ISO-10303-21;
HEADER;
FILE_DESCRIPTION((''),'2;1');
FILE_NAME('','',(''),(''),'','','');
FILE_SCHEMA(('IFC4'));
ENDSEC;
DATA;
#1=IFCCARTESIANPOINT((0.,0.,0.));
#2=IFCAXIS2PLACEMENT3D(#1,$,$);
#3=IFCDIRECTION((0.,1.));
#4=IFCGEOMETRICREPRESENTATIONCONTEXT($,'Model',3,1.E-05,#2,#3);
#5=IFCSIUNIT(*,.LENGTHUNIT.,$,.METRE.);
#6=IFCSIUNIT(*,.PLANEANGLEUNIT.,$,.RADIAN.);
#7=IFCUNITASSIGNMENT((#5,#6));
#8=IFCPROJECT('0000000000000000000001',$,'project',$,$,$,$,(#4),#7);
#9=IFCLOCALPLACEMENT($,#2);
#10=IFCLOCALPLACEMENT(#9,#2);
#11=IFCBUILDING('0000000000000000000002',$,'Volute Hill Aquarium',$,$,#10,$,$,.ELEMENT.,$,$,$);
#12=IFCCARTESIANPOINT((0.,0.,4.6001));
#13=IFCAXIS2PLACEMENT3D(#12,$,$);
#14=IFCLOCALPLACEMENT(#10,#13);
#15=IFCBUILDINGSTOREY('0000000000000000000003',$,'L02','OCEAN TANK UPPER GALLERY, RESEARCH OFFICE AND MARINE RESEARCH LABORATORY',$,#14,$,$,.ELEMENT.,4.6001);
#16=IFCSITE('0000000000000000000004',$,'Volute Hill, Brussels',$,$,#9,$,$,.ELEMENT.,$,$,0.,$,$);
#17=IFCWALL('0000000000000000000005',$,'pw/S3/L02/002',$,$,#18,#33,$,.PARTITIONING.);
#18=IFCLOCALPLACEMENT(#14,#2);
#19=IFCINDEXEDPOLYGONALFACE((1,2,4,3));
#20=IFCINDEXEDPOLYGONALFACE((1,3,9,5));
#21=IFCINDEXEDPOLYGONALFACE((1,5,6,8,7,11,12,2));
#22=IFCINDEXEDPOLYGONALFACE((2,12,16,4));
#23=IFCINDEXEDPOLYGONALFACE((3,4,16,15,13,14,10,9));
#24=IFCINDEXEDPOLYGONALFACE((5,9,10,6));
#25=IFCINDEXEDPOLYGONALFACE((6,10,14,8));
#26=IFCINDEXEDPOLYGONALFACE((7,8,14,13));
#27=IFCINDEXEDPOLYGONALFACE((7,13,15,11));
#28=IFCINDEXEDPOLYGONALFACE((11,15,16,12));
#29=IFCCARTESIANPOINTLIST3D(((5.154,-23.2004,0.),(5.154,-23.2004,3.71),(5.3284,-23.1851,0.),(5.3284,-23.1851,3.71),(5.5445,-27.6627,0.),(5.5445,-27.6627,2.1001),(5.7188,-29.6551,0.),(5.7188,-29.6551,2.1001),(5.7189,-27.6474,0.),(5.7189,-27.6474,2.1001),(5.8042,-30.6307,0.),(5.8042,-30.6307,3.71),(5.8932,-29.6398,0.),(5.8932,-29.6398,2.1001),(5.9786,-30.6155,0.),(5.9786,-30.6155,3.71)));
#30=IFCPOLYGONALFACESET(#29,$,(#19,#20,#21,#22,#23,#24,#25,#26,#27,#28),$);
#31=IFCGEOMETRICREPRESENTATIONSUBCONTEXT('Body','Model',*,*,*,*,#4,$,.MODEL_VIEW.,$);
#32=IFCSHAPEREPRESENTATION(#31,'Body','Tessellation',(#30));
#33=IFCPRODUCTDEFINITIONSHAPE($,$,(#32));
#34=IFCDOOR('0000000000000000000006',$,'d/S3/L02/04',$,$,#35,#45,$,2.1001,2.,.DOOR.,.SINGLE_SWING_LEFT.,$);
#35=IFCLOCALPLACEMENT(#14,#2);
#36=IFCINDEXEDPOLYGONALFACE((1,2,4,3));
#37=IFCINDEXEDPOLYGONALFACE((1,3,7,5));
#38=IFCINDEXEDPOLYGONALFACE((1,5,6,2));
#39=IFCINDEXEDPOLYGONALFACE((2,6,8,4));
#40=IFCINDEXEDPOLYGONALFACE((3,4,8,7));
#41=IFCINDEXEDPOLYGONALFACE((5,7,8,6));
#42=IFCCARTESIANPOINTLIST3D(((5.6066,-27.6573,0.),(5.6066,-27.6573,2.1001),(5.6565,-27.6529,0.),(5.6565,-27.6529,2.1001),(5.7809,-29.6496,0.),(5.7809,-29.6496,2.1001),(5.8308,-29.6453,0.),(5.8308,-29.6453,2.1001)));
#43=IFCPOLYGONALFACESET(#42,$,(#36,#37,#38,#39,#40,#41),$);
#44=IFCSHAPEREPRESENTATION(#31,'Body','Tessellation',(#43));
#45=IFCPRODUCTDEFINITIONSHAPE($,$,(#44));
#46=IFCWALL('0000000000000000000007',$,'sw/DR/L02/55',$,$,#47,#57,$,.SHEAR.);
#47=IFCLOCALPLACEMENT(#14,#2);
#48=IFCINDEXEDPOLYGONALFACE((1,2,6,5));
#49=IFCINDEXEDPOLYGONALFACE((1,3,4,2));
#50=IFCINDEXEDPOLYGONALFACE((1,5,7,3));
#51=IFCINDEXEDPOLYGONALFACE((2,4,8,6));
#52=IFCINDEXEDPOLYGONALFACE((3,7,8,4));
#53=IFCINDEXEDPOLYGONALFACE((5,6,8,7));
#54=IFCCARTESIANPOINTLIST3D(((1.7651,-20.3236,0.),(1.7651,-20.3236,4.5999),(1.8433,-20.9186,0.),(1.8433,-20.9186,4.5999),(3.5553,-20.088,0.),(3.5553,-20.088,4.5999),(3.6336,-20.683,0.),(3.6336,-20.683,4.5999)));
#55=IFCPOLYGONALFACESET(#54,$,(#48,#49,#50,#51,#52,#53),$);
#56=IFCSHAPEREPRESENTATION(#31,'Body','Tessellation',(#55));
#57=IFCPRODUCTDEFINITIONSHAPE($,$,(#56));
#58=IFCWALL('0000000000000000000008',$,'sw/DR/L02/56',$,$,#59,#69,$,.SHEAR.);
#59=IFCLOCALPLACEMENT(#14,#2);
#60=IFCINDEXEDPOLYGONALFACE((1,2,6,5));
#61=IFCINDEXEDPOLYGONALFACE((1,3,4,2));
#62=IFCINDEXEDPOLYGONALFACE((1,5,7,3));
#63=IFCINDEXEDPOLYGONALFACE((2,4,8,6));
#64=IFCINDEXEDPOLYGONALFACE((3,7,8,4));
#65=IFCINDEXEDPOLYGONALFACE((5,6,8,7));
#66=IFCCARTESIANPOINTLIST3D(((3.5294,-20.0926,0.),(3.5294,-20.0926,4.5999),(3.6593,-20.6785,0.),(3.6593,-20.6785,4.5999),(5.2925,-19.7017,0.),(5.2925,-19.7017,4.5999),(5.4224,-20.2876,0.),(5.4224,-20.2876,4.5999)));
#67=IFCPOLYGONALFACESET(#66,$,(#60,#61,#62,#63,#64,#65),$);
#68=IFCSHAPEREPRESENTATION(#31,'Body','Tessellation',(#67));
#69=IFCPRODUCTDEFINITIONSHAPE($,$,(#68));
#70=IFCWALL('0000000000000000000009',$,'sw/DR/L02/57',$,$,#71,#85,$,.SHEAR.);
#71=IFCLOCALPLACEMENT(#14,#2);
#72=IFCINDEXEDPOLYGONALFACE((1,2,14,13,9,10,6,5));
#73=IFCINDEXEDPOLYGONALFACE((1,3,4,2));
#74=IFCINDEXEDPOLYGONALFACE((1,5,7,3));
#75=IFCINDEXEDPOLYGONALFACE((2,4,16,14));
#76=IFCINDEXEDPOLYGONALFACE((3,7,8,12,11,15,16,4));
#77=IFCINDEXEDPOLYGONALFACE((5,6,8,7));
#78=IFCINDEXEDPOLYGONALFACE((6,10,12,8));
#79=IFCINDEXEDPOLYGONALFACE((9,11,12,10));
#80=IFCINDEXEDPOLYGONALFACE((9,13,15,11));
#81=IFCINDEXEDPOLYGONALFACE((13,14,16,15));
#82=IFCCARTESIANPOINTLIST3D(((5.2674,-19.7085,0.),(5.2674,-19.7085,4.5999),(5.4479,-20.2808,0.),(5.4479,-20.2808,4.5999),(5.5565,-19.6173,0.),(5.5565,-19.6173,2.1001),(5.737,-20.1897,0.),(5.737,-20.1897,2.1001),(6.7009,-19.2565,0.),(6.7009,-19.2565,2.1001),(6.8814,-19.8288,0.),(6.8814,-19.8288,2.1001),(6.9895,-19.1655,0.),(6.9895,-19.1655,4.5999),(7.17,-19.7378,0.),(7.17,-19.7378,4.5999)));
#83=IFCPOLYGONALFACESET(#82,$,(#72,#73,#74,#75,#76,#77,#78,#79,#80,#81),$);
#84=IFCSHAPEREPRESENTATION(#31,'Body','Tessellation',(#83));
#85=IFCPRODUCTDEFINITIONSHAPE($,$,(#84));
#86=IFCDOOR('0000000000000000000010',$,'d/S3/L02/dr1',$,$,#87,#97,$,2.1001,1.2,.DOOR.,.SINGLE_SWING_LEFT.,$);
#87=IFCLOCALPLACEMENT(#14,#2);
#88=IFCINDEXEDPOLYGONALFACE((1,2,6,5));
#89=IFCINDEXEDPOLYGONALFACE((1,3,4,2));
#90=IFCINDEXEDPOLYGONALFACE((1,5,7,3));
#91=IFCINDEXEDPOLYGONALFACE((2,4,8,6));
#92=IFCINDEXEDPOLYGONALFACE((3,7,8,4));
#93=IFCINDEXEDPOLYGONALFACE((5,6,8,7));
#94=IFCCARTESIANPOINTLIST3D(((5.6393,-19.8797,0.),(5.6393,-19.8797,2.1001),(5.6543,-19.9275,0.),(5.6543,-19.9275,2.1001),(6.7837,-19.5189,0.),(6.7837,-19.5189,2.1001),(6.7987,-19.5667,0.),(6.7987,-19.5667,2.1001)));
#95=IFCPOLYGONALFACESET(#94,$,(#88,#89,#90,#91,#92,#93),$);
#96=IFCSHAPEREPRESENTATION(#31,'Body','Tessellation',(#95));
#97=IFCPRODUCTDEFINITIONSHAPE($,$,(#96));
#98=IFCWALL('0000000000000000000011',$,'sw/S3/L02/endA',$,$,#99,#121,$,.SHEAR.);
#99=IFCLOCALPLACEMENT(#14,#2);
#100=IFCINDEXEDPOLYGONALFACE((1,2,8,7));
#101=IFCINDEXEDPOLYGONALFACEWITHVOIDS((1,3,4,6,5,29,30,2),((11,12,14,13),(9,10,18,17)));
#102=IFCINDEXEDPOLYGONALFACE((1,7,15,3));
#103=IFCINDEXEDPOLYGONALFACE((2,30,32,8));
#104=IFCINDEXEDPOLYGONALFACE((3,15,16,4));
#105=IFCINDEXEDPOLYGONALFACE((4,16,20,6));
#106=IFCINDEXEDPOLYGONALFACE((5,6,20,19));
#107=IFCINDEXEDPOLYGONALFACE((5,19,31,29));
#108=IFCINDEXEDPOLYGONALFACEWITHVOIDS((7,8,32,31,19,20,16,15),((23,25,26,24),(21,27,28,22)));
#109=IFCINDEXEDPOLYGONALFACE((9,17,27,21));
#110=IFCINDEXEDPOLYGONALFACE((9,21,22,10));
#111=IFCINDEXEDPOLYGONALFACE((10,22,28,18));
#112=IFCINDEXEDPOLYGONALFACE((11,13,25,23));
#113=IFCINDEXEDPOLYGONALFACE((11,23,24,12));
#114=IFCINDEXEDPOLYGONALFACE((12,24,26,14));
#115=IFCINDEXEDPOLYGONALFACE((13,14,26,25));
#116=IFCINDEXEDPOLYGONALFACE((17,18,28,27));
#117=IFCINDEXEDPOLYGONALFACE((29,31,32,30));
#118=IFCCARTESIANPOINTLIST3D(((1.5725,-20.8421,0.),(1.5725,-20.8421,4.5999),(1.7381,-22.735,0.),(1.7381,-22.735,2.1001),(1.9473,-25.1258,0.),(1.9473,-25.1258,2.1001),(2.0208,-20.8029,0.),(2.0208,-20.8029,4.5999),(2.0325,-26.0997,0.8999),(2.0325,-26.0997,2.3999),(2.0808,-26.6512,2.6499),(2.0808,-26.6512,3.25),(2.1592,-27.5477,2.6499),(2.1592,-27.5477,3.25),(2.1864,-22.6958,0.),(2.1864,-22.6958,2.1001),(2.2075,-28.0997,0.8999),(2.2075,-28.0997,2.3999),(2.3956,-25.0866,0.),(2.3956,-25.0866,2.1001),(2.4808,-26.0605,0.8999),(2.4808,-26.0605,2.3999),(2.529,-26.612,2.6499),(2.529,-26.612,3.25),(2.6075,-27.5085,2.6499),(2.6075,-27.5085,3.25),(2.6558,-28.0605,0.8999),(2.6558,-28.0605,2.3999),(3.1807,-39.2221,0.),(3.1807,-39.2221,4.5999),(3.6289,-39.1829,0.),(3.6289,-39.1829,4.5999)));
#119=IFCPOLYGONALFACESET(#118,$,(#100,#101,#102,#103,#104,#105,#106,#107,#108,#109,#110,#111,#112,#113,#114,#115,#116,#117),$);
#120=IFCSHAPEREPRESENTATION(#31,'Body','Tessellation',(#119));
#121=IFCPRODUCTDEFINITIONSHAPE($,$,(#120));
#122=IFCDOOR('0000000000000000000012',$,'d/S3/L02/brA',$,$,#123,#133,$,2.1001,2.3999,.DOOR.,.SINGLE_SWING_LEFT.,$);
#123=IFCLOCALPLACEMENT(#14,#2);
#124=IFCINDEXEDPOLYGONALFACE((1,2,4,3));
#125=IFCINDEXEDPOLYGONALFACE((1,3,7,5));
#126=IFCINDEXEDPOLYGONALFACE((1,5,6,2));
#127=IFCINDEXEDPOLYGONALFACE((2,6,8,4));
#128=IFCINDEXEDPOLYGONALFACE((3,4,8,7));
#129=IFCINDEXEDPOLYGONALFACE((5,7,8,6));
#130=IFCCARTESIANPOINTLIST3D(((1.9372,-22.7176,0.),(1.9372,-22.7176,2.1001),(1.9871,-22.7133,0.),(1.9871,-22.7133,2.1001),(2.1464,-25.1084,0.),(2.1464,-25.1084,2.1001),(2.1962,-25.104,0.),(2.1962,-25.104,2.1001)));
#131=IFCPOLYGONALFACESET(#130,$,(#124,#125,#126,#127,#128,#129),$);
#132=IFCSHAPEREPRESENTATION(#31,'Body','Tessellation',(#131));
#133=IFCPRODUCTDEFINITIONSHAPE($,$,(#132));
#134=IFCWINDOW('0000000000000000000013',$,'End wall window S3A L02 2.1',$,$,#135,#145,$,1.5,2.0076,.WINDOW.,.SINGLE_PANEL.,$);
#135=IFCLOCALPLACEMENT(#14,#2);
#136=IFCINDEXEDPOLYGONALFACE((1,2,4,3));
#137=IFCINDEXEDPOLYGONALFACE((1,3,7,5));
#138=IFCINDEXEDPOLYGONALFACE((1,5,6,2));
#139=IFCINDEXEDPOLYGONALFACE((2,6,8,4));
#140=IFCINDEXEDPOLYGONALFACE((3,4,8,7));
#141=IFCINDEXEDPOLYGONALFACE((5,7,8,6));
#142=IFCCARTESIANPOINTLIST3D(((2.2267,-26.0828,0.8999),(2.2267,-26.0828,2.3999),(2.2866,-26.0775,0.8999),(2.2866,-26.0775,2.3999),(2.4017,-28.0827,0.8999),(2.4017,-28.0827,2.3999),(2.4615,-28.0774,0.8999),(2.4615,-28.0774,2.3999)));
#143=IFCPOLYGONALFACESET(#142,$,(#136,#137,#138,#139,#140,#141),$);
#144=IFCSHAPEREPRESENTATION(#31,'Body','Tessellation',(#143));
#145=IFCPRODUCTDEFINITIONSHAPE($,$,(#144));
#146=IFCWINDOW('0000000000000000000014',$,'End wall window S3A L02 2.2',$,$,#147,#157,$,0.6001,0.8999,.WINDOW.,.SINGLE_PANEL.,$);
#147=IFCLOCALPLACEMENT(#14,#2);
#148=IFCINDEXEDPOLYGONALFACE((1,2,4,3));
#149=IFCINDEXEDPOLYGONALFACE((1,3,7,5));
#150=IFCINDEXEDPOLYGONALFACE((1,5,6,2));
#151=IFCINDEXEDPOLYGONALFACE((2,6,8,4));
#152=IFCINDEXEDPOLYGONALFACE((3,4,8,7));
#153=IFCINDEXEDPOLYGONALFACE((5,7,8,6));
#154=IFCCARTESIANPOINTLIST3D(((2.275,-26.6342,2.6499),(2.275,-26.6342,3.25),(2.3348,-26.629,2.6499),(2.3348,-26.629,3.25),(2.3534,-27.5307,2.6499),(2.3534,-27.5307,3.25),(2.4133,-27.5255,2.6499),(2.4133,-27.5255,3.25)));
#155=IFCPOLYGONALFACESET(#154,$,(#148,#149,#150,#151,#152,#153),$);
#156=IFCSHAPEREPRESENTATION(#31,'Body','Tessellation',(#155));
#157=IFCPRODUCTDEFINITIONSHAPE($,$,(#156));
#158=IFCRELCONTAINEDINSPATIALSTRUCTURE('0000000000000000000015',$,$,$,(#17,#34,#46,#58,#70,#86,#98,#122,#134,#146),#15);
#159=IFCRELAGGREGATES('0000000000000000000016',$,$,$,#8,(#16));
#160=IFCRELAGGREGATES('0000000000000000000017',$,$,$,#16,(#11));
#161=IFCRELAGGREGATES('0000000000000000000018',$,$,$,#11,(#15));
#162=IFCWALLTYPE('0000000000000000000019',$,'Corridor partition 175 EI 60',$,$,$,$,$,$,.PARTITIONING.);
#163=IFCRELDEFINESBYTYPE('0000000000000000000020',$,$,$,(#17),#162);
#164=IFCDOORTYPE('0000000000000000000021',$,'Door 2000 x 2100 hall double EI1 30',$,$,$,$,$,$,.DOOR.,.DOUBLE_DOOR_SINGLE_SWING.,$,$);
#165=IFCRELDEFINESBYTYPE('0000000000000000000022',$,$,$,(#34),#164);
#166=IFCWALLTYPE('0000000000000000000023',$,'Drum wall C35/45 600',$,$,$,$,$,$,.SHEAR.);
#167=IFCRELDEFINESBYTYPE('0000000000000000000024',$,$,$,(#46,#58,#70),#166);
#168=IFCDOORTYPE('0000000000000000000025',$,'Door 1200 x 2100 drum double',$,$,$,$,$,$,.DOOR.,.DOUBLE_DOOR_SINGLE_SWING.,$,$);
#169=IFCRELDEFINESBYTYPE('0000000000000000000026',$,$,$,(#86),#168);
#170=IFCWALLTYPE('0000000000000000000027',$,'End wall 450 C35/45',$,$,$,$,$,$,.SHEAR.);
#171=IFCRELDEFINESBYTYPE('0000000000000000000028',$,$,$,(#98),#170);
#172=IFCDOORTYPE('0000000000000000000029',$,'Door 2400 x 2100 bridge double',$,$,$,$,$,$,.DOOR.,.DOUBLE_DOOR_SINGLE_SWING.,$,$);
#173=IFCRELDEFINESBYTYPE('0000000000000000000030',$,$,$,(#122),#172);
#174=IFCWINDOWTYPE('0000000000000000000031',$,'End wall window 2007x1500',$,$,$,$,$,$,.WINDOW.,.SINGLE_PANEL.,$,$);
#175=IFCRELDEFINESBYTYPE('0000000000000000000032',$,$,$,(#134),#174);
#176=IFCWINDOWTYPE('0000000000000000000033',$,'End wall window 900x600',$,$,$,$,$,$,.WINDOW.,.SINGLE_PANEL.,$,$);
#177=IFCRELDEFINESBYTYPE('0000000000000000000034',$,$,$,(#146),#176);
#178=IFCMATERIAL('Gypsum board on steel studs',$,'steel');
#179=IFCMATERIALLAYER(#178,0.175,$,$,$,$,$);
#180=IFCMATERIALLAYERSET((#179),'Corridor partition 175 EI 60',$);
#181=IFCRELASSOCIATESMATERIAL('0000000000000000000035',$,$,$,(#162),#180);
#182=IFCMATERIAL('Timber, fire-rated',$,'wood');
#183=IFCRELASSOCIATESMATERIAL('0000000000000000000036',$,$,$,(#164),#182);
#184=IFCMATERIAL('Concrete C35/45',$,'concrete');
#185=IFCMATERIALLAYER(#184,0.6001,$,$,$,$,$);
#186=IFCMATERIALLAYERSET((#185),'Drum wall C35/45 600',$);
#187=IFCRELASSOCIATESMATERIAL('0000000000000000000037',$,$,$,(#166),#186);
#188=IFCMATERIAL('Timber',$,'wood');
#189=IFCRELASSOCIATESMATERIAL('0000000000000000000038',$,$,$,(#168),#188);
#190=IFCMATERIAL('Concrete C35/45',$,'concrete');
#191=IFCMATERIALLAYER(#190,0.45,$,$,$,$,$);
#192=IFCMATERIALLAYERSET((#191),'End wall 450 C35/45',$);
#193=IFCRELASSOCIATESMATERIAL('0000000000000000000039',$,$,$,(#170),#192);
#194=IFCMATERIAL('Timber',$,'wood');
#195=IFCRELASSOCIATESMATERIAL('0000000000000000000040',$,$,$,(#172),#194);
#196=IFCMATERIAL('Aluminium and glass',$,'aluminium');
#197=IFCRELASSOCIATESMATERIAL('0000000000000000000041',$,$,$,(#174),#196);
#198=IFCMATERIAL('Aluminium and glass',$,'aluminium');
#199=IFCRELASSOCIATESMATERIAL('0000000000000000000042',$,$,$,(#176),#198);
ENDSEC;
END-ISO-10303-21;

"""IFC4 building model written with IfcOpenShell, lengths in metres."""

from ifc_helpers import new_model, si_unit, direction, frame, frame_2d, origin, place, context, subcontext, project, spatial, rectangle, extrude, material, layer, layer_set, type_object, element, fill, save


model = new_model("IFC4")

# Units and contexts
model_context = context("Model", 3, precision=1e-05, world=origin(), true_north=direction((0.0, 1.0)))
body_context = subcontext(model_context, "Body", "Model", "MODEL_VIEW")
ifc_project = project(units=[si_unit("LENGTHUNIT", "METRE"), si_unit("PLANEANGLEUNIT", "RADIAN")], contexts=[model_context])

# Site, building, storey
site_placement = place(None, origin())
site = spatial("IfcSite", under=ifc_project, at=site_placement, Name="Volute Hill, Brussels", CompositionType="ELEMENT", RefElevation=0.0)
building_placement = place(site_placement, origin())
building = spatial("IfcBuilding", under=site, at=building_placement, Name="Volute Hill Aquarium", CompositionType="ELEMENT")
storey_placement = place(building_placement, frame((0.0, 0.0, 4.6001)))
storey = spatial("IfcBuildingStorey", under=building, at=storey_placement, Name="L02", Description="OCEAN TANK UPPER GALLERY, RESEARCH OFFICE AND MARINE RESEARCH LABORATORY", CompositionType="ELEMENT", Elevation=4.6001)

# Wall, opening, door
ifc_material_1 = material(Name="Gypsum board on steel studs", Category="steel")
ifc_layer_1 = layer(ifc_material_1, 0.175)
ifc_layer_set_1 = layer_set([ifc_layer_1], Name="Corridor partition 175 EI 60")
wall_type_1 = type_object("IfcWallType", Name="Corridor partition 175 EI 60", PredefinedType="PARTITIONING", material=ifc_layer_set_1)
wall_1_placement = place(storey_placement, frame((5.2412, -23.1926, 0.0), z_axis=(0.0, 0.0, 1.0), x_axis=(0.087165, -0.996194, 0.0)))
wall_1 = element("IfcWall", 1, at=wall_1_placement, inside=storey, type_object=wall_type_1, Name="pw/S3/L02/002", PredefinedType="PARTITIONING", context=body_context, shape_type="SweptSolid", body=[
    extrude(rectangle(XDim=7.4587, YDim=0.175, at=frame_2d((3.7295, 0.0))), origin(), (0.0, 0.0, 1.0), 3.71),
])
opening_1_placement = place(wall_1_placement, frame((4.4795, 0.0, 0.0)))
opening_1 = element("IfcOpeningElement", 2, at=opening_1_placement, cuts=wall_1, PredefinedType="OPENING", context=body_context, shape_type="SweptSolid", body=[
    extrude(rectangle(XDim=2.0, YDim=2.1001, at=frame_2d((1.0, 1.05))), frame((0.0, 0.0974, 0.0), z_axis=(0.0, -1.0, 0.0), x_axis=(1.0, 0.0, 0.0)), (0.0, 0.0, 1.0), 0.1951),
])
ifc_material_2 = material(Name="Timber, fire-rated", Category="wood")
door_type_1 = type_object("IfcDoorType", Name="Door 2000 x 2100 hall double EI1 30", OperationType="DOUBLE_DOOR_SINGLE_SWING", PredefinedType="DOOR", material=ifc_material_2)
door_1_placement = place(opening_1_placement, origin())
door_1 = element("IfcDoor", 3, at=door_1_placement, inside=storey, type_object=door_type_1, Name="d/S3/L02/04", OperationType="SINGLE_SWING_LEFT", OverallHeight=2.1001, OverallWidth=2.0, PredefinedType="DOOR", context=body_context, shape_type="SweptSolid", body=[
    extrude(rectangle(XDim=2.0, YDim=2.1001, at=frame_2d((1.0, 1.05))), frame((0.0, 0.0249, 0.0), z_axis=(0.0, -1.0, 0.0), x_axis=(1.0, 0.0, 0.0)), (0.0, 0.0, 1.0), 0.05),
])
fill(opening_1, door_1)

# Walls
ifc_material_3 = material(Name="Concrete C35/45", Category="concrete")
ifc_layer_2 = layer(ifc_material_3, 0.6001)
ifc_layer_set_2 = layer_set([ifc_layer_2], Name="Drum wall C35/45 600")
wall_type_2 = type_object("IfcWallType", Name="Drum wall C35/45 600", PredefinedType="SHEAR", material=ifc_layer_set_2)
wall_2_placement = place(storey_placement, frame((1.8042, -20.6211, 0.0), z_axis=(0.0, 0.0, 1.0), x_axis=(0.991452, 0.130472, 0.0)))
element("IfcWall", 4, at=wall_2_placement, inside=storey, type_object=wall_type_2, Name="sw/DR/L02/55", PredefinedType="SHEAR", context=body_context, shape_type="SweptSolid", body=[
    extrude(rectangle(XDim=1.8057, YDim=0.6001, at=frame_2d((0.9028, 0.0))), origin(), (0.0, 0.0, 1.0), 4.5999),
])
wall_3_placement = place(storey_placement, frame((3.5945, -20.3855, 0.0), z_axis=(0.0, 0.0, 1.0), x_axis=(0.976298, 0.216429, 0.0)))
element("IfcWall", 5, at=wall_3_placement, inside=storey, type_object=wall_type_2, Name="sw/DR/L02/56", PredefinedType="SHEAR", context=body_context, shape_type="SweptSolid", body=[
    extrude(rectangle(XDim=1.8059, YDim=0.6001, at=frame_2d((0.9028, 0.0))), origin(), (0.0, 0.0, 1.0), 4.5999),
])

# Wall, opening, door
wall_4_placement = place(storey_placement, frame((5.3577, -19.9946, 0.0), z_axis=(0.0, 0.0, 1.0), x_axis=(0.953722, 0.300691, 0.0)))
wall_4 = element("IfcWall", 6, at=wall_4_placement, inside=storey, type_object=wall_type_2, Name="sw/DR/L02/57", PredefinedType="SHEAR", context=body_context, shape_type="SweptSolid", body=[
    extrude(rectangle(XDim=1.8057, YDim=0.6001, at=frame_2d((0.9028, 0.0))), origin(), (0.0, 0.0, 1.0), 4.5999),
])
opening_2_placement = place(wall_4_placement, frame((0.303, 0.0, 0.0)))
opening_2 = element("IfcOpeningElement", 7, at=opening_2_placement, cuts=wall_4, PredefinedType="OPENING", context=body_context, shape_type="SweptSolid", body=[
    extrude(rectangle(XDim=1.2, YDim=2.1001, at=frame_2d((0.6001, 1.05))), frame((0.0, 0.3101, 0.0), z_axis=(0.0, -1.0, 0.0), x_axis=(1.0, 0.0, 0.0)), (0.0, 0.0, 1.0), 0.6201),
])
ifc_material_4 = material(Name="Timber", Category="wood")
door_type_2 = type_object("IfcDoorType", Name="Door 1200 x 2100 drum double", OperationType="DOUBLE_DOOR_SINGLE_SWING", PredefinedType="DOOR", material=ifc_material_4)
door_2_placement = place(opening_2_placement, origin())
door_2 = element("IfcDoor", 8, at=door_2_placement, inside=storey, type_object=door_type_2, Name="d/S3/L02/dr1", OperationType="SINGLE_SWING_LEFT", OverallHeight=2.1001, OverallWidth=1.2, PredefinedType="DOOR", context=body_context, shape_type="SweptSolid", body=[
    extrude(rectangle(XDim=1.2, YDim=2.1001, at=frame_2d((0.6001, 1.05))), frame((0.0, 0.0249, 0.0), z_axis=(0.0, -1.0, 0.0), x_axis=(1.0, 0.0, 0.0)), (0.0, 0.0, 1.0), 0.05),
])
fill(opening_2, door_2)

# Wall, openings, door, windows
ifc_material_5 = material(Name="Concrete C35/45", Category="concrete")
ifc_layer_3 = layer(ifc_material_5, 0.45)
ifc_layer_set_3 = layer_set([ifc_layer_3], Name="End wall 450 C35/45")
wall_type_3 = type_object("IfcWallType", Name="End wall 450 C35/45", PredefinedType="SHEAR", material=ifc_layer_set_3)
wall_5_placement = place(storey_placement, frame((1.7966, -20.8225, 0.0), z_axis=(0.0, 0.0, 1.0), x_axis=(0.087162, -0.996194, 0.0)))
wall_5 = element("IfcWall", 9, at=wall_5_placement, inside=storey, type_object=wall_type_3, Name="sw/S3/L02/endA", PredefinedType="SHEAR", context=body_context, shape_type="SweptSolid", body=[
    extrude(rectangle(XDim=18.4502, YDim=0.45, at=frame_2d((9.2251, 0.0))), origin(), (0.0, 0.0, 1.0), 4.5999),
])
opening_3_placement = place(wall_5_placement, frame((5.2776, 0.0, 0.8999)))
opening_3 = element("IfcOpeningElement", 10, at=opening_3_placement, cuts=wall_5, PredefinedType="OPENING", context=body_context, shape_type="SweptSolid", body=[
    extrude(rectangle(XDim=2.0076, YDim=1.5, at=frame_2d((1.0039, 0.75))), frame((0.0, 0.2349, 0.0), z_axis=(0.0, -1.0, 0.0), x_axis=(1.0, 0.0, 0.0)), (0.0, 0.0, 1.0), 0.47),
])
opening_4_placement = place(wall_5_placement, frame((5.8313, 0.0, 2.6499)))
opening_4 = element("IfcOpeningElement", 11, at=opening_4_placement, cuts=wall_5, PredefinedType="OPENING", context=body_context, shape_type="SweptSolid", body=[
    extrude(rectangle(XDim=0.8999, YDim=0.6001, at=frame_2d((0.45, 0.3))), frame((0.0, 0.2349, 0.0), z_axis=(0.0, -1.0, 0.0), x_axis=(1.0, 0.0, 0.0)), (0.0, 0.0, 1.0), 0.47),
])
opening_5_placement = place(wall_5_placement, frame((1.9001, 0.0, 0.0)))
opening_5 = element("IfcOpeningElement", 12, at=opening_5_placement, cuts=wall_5, PredefinedType="OPENING", context=body_context, shape_type="SweptSolid", body=[
    extrude(rectangle(XDim=2.3999, YDim=2.1001, at=frame_2d((1.2, 1.05))), frame((0.0, 0.2349, 0.0), z_axis=(0.0, -1.0, 0.0), x_axis=(1.0, 0.0, 0.0)), (0.0, 0.0, 1.0), 0.47),
])
ifc_material_6 = material(Name="Timber", Category="wood")
door_type_3 = type_object("IfcDoorType", Name="Door 2400 x 2100 bridge double", OperationType="DOUBLE_DOOR_SINGLE_SWING", PredefinedType="DOOR", material=ifc_material_6)
door_3_placement = place(opening_5_placement, origin())
door_3 = element("IfcDoor", 13, at=door_3_placement, inside=storey, type_object=door_type_3, Name="d/S3/L02/brA", OperationType="SINGLE_SWING_LEFT", OverallHeight=2.1001, OverallWidth=2.3999, PredefinedType="DOOR", context=body_context, shape_type="SweptSolid", body=[
    extrude(rectangle(XDim=2.3999, YDim=2.1001, at=frame_2d((1.2, 1.05))), frame((0.0, 0.0249, 0.0), z_axis=(0.0, -1.0, 0.0), x_axis=(1.0, 0.0, 0.0)), (0.0, 0.0, 1.0), 0.05),
])
fill(opening_5, door_3)
ifc_material_7 = material(Name="Aluminium and glass", Category="aluminium")
window_type_1 = type_object("IfcWindowType", Name="End wall window 2007x1500", PartitioningType="SINGLE_PANEL", PredefinedType="WINDOW", material=ifc_material_7)
window_1_placement = place(opening_3_placement, origin())
window_1 = element("IfcWindow", 14, at=window_1_placement, inside=storey, type_object=window_type_1, Name="End wall window S3A L02 2.1", OverallHeight=1.5, OverallWidth=2.0076, PartitioningType="SINGLE_PANEL", PredefinedType="WINDOW", context=body_context, shape_type="SweptSolid", body=[
    extrude(rectangle(XDim=2.0076, YDim=1.5, at=frame_2d((1.0039, 0.75))), frame((0.0, 0.03, 0.0), z_axis=(0.0, -1.0, 0.0), x_axis=(1.0, 0.0, 0.0)), (0.0, 0.0, 1.0), 0.0601),
])
fill(opening_3, window_1)
ifc_material_8 = material(Name="Aluminium and glass", Category="aluminium")
window_type_2 = type_object("IfcWindowType", Name="End wall window 900x600", PartitioningType="SINGLE_PANEL", PredefinedType="WINDOW", material=ifc_material_8)
window_2_placement = place(opening_4_placement, origin())
window_2 = element("IfcWindow", 15, at=window_2_placement, inside=storey, type_object=window_type_2, Name="End wall window S3A L02 2.2", OverallHeight=0.6001, OverallWidth=0.8999, PartitioningType="SINGLE_PANEL", PredefinedType="WINDOW", context=body_context, shape_type="SweptSolid", body=[
    extrude(rectangle(XDim=0.8999, YDim=0.6001, at=frame_2d((0.45, 0.3))), frame((0.0, 0.03, 0.0), z_axis=(0.0, -1.0, 0.0), x_axis=(1.0, 0.0, 0.0)), (0.0, 0.0, 1.0), 0.0601),
])
fill(opening_4, window_2)

save(model, "model.ifc")
